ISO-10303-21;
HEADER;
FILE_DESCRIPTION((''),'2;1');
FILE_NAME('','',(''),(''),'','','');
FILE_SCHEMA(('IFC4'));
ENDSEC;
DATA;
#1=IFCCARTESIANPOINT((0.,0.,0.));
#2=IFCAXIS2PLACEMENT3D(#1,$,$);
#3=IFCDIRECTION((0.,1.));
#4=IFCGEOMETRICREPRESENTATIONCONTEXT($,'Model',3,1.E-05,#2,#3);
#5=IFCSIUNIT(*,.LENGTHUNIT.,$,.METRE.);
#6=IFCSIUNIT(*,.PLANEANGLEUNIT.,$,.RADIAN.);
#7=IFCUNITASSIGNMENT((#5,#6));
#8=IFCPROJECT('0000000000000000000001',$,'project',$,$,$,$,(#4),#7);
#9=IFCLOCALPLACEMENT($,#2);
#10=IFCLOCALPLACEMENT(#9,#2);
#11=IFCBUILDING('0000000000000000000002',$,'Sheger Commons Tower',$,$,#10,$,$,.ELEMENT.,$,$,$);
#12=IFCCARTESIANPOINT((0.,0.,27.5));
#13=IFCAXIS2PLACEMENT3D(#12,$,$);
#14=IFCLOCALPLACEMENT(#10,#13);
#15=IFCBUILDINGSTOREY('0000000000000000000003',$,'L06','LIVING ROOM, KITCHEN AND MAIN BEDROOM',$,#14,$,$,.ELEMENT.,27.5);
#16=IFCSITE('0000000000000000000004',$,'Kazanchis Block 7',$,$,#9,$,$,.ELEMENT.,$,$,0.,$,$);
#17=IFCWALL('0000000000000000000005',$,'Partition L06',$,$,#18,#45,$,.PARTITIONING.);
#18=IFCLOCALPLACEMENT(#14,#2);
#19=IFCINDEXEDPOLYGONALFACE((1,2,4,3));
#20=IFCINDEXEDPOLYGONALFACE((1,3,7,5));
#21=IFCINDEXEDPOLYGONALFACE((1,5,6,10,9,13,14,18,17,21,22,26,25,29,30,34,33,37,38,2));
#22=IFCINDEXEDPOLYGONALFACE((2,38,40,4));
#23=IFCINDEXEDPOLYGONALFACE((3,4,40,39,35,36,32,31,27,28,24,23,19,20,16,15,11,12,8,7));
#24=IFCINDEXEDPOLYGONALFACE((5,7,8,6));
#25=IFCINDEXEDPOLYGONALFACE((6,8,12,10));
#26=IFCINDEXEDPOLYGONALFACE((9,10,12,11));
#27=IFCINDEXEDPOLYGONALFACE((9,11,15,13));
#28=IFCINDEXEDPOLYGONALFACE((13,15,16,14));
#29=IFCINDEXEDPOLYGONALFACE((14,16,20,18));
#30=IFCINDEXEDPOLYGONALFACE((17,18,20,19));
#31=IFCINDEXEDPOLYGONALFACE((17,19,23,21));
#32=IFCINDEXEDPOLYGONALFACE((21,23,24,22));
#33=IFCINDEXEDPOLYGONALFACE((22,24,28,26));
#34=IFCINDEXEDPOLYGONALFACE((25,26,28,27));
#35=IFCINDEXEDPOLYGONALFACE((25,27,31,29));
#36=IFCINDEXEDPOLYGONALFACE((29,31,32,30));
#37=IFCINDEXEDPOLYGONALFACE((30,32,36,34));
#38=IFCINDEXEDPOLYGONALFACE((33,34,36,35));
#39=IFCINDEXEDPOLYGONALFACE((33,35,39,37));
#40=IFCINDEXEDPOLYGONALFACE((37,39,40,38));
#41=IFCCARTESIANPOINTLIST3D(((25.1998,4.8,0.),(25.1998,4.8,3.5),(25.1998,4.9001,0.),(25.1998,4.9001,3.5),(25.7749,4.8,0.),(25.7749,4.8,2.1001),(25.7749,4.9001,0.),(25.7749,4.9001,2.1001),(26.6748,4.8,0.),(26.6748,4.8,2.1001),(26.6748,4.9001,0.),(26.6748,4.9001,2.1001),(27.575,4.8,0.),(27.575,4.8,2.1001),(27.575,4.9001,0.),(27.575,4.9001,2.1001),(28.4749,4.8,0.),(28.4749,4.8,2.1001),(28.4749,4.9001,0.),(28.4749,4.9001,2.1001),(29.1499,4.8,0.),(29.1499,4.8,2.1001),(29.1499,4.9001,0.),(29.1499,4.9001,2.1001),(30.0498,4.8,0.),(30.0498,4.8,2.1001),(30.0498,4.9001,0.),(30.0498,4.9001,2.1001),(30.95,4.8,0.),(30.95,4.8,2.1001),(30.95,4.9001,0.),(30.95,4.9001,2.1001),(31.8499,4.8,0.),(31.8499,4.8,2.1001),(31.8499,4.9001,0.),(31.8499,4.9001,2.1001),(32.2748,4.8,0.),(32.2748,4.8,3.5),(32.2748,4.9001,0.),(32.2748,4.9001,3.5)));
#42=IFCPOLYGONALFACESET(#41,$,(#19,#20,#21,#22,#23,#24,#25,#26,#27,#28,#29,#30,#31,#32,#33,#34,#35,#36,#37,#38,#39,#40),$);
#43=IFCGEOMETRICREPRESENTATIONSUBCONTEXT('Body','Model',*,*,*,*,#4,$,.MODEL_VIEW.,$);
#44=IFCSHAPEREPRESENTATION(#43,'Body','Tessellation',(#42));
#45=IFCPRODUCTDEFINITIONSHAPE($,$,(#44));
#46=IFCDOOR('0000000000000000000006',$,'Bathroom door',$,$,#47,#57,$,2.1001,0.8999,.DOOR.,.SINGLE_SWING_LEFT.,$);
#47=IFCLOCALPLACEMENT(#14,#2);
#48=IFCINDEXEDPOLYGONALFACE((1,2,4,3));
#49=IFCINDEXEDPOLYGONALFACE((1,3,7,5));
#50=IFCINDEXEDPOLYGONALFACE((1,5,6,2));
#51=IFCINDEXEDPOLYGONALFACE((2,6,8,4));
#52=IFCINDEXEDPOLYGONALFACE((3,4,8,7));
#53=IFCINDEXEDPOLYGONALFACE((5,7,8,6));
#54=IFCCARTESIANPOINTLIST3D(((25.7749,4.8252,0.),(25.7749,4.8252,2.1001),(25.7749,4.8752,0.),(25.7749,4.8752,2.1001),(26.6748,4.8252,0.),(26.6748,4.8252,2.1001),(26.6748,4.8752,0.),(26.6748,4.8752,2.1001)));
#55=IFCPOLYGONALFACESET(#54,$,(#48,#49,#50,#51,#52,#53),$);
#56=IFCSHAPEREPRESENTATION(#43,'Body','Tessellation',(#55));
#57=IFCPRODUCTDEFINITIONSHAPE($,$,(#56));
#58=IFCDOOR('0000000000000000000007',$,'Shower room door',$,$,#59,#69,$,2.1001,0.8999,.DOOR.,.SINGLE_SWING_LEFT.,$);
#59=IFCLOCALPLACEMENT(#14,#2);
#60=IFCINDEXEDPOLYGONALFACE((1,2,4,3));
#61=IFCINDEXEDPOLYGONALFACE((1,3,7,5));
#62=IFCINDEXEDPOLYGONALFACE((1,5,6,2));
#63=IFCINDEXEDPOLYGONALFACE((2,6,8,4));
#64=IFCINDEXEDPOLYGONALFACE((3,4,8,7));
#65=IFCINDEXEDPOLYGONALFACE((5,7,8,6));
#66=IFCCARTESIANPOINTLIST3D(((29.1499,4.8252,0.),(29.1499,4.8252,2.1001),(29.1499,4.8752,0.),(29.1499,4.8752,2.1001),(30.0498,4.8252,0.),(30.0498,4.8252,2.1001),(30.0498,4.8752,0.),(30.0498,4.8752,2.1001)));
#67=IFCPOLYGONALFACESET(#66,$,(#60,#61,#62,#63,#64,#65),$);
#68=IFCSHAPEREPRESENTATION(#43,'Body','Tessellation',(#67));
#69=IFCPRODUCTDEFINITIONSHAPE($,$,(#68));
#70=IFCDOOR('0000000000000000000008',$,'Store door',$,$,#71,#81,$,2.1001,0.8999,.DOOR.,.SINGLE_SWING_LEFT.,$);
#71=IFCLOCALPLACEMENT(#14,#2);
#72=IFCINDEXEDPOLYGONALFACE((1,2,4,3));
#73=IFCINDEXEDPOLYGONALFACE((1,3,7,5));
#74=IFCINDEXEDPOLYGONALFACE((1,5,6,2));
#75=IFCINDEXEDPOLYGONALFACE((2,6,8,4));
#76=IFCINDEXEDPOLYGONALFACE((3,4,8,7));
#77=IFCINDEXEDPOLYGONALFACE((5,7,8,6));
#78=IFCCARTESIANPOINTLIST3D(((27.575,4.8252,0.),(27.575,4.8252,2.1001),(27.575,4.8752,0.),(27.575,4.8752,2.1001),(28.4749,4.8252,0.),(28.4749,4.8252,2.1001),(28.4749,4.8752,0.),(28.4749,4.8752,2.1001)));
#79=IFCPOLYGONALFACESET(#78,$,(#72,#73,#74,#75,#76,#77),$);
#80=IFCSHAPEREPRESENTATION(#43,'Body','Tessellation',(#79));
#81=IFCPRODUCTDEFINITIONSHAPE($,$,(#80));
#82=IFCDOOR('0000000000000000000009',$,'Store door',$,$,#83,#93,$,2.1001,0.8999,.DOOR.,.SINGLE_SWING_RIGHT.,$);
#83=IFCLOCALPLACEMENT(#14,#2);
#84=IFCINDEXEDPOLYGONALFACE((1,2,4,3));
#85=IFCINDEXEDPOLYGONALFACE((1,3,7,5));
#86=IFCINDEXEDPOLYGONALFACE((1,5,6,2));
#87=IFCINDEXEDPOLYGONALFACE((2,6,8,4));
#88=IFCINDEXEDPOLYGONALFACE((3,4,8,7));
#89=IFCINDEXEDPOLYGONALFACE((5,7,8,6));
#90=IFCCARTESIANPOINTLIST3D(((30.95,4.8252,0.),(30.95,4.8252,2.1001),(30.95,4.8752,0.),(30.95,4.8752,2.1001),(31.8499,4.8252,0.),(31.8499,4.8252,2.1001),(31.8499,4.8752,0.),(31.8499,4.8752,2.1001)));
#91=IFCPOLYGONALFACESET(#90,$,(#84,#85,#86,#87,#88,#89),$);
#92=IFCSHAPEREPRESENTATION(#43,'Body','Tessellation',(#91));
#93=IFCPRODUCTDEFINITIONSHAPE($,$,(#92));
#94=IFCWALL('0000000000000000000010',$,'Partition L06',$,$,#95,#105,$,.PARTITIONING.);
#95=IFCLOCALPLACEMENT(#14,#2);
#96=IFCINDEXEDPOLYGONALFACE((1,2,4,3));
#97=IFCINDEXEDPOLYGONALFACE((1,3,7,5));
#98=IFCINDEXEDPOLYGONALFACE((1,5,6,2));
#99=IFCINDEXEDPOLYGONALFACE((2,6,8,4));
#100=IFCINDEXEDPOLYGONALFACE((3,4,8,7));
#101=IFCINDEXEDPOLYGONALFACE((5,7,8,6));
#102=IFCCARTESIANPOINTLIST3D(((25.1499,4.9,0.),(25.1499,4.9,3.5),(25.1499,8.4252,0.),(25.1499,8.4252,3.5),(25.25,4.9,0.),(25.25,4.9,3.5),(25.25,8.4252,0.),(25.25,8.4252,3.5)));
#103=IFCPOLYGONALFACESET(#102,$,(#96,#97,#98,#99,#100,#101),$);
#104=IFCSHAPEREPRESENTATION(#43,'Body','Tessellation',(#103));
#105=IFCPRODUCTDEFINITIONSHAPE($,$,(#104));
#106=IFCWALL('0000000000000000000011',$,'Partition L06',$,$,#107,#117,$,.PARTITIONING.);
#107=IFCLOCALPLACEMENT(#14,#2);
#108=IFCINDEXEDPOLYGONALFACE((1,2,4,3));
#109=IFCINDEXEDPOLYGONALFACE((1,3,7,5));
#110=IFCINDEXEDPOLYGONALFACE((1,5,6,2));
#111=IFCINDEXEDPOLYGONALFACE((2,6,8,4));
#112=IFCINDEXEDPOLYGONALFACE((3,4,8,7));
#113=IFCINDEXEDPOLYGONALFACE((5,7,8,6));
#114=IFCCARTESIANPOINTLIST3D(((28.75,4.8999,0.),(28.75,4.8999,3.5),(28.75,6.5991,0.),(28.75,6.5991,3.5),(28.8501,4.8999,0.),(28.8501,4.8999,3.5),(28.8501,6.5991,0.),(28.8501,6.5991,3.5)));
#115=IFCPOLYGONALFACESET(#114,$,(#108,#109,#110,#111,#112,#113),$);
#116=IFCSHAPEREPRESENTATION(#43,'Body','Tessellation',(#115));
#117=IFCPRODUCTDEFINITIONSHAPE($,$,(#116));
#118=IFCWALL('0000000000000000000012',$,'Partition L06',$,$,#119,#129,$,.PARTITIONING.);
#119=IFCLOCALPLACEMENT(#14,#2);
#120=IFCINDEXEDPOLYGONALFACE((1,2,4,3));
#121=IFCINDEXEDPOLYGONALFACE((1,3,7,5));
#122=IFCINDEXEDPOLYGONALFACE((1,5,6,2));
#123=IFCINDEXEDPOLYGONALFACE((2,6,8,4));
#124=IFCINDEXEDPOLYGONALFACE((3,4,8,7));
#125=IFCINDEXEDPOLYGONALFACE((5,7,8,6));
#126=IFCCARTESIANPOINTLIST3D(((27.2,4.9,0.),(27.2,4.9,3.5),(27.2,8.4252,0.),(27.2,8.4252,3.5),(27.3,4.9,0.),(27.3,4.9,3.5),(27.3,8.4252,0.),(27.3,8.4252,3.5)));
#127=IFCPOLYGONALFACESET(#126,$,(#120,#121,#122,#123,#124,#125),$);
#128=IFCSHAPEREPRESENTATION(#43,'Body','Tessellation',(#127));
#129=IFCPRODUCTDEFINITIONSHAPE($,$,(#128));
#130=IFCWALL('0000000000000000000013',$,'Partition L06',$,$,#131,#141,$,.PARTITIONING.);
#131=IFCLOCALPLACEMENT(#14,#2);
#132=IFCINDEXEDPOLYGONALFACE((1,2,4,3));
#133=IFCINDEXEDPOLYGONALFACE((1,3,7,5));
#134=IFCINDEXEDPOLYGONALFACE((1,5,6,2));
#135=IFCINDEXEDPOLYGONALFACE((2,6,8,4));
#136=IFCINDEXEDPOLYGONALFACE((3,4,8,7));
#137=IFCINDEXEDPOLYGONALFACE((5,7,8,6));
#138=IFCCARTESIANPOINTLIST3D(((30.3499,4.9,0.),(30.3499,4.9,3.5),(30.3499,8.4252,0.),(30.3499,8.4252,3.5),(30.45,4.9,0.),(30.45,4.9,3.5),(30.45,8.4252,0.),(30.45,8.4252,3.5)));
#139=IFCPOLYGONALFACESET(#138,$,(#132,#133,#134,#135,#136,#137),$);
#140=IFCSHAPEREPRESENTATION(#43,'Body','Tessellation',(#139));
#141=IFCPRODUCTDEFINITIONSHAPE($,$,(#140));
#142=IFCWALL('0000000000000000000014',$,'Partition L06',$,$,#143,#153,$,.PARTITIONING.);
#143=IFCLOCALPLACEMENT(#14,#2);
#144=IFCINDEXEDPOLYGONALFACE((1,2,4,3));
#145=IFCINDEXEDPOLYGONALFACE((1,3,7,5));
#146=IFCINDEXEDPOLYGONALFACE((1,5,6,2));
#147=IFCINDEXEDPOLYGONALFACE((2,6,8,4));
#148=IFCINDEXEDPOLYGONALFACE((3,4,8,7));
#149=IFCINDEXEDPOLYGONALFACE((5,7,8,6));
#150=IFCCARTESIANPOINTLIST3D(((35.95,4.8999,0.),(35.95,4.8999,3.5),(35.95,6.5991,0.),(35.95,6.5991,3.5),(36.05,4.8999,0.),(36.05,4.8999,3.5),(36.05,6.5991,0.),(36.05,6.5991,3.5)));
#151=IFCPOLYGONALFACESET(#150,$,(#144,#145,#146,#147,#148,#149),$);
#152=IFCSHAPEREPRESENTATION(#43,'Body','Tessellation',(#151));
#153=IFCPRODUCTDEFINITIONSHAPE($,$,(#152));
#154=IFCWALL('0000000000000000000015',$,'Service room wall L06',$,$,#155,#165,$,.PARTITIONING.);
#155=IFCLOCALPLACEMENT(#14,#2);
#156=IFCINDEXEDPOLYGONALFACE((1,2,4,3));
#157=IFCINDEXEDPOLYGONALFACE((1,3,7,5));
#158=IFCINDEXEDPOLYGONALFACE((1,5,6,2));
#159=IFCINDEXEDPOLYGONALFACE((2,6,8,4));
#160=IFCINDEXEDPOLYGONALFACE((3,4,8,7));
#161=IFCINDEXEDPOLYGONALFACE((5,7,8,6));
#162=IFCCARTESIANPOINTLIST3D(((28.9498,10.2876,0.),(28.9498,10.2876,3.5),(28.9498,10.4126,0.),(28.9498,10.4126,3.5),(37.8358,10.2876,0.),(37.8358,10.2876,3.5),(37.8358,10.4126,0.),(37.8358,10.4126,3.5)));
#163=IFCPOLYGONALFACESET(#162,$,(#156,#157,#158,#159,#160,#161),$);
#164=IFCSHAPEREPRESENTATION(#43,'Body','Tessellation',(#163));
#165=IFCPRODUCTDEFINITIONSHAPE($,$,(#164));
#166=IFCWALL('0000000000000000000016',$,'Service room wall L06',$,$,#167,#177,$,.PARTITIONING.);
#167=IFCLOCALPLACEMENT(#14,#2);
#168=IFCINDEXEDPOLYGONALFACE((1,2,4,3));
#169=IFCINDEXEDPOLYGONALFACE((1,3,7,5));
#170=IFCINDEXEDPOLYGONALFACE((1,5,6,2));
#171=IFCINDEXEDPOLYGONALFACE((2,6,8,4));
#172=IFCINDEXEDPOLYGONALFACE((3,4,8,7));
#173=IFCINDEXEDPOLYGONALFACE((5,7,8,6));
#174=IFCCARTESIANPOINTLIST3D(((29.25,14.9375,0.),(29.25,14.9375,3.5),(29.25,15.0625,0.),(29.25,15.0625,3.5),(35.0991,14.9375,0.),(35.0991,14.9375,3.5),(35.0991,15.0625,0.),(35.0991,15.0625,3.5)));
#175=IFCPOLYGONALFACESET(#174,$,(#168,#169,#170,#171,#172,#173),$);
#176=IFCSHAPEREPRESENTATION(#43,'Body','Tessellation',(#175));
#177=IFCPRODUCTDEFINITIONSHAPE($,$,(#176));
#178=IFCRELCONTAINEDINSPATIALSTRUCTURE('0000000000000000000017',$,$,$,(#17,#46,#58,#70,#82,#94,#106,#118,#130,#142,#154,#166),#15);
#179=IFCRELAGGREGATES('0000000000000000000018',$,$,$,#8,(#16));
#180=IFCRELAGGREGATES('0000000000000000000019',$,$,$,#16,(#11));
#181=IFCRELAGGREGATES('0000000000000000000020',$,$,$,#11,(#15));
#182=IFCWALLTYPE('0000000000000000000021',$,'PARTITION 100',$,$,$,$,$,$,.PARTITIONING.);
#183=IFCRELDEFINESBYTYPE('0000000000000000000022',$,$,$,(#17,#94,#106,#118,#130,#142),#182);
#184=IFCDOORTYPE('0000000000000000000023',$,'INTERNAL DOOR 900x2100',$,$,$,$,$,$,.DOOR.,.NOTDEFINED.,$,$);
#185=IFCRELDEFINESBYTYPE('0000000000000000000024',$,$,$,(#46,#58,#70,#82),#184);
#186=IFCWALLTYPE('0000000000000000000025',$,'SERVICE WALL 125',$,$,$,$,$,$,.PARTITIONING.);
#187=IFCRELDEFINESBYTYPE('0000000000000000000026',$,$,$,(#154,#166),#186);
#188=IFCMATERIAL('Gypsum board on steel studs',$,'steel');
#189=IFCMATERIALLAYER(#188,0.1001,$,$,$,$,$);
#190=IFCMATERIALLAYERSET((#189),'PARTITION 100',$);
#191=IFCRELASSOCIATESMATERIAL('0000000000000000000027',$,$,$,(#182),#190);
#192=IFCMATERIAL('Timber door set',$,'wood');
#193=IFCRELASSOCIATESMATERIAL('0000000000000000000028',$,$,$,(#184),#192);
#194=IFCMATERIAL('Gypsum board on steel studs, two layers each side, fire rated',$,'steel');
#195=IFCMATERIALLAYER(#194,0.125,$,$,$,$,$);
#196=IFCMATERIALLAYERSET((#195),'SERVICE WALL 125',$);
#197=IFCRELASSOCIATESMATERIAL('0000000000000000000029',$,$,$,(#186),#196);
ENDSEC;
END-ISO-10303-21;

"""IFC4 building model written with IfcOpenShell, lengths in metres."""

from ifc_helpers import new_model, si_unit, direction, frame, frame_2d, origin, place, context, subcontext, project, spatial, rectangle, extrude, material, layer, layer_set, type_object, element, fill, save


model = new_model("IFC4")

# Units and contexts
model_context = context("Model", 3, precision=1e-05, world=origin(), true_north=direction((0.0, 1.0)))
body_context = subcontext(model_context, "Body", "Model", "MODEL_VIEW")
ifc_project = project(units=[si_unit("LENGTHUNIT", "METRE"), si_unit("PLANEANGLEUNIT", "RADIAN")], contexts=[model_context])

# Site, building, storey
site_placement = place(None, origin())
site = spatial("IfcSite", under=ifc_project, at=site_placement, Name="Kazanchis Block 7", CompositionType="ELEMENT", RefElevation=0.0)
building_placement = place(site_placement, origin())
building = spatial("IfcBuilding", under=site, at=building_placement, Name="Sheger Commons Tower", CompositionType="ELEMENT")
storey_placement = place(building_placement, frame((0.0, 0.0, 27.5)))
storey = spatial("IfcBuildingStorey", under=building, at=storey_placement, Name="L06", Description="LIVING ROOM, KITCHEN AND MAIN BEDROOM", CompositionType="ELEMENT", Elevation=27.5)

# Wall, openings, doors
ifc_material_1 = material(Name="Gypsum board on steel studs", Category="steel")
ifc_layer_1 = layer(ifc_material_1, 0.1001)
ifc_layer_set_1 = layer_set([ifc_layer_1], Name="PARTITION 100")
wall_type_1 = type_object("IfcWallType", Name="PARTITION 100", PredefinedType="PARTITIONING", material=ifc_layer_set_1)
wall_1_placement = place(storey_placement, frame((32.2749, 4.8501, 0.0), z_axis=(0.0, 0.0, 1.0), x_axis=(-1.0, 0.0, 0.0)))
wall_1 = element("IfcWall", 1, at=wall_1_placement, inside=storey, type_object=wall_type_1, Name="Partition L06", PredefinedType="PARTITIONING", context=body_context, shape_type="SweptSolid", body=[
    extrude(rectangle(XDim=7.075, YDim=0.1001, at=frame_2d((3.5376, 0.0))), origin(), (0.0, 0.0, 1.0), 3.5),
])
opening_1_placement = place(wall_1_placement, frame((5.6001, 0.0, 0.0)))
opening_1 = element("IfcOpeningElement", 2, at=opening_1_placement, cuts=wall_1, PredefinedType="OPENING", context=body_context, shape_type="SweptSolid", body=[
    extrude(rectangle(XDim=0.8999, YDim=2.1001, at=frame_2d((0.45, 1.05))), frame((0.0, 0.0601, 0.0), z_axis=(0.0, -1.0, 0.0), x_axis=(1.0, 0.0, 0.0)), (0.0, 0.0, 1.0), 0.1201),
])
opening_2_placement = place(wall_1_placement, frame((2.2251, 0.0, 0.0)))
opening_2 = element("IfcOpeningElement", 3, at=opening_2_placement, cuts=wall_1, PredefinedType="OPENING", context=body_context, shape_type="SweptSolid", body=[
    extrude(rectangle(XDim=0.8999, YDim=2.1001, at=frame_2d((0.45, 1.05))), frame((0.0, 0.0601, 0.0), z_axis=(0.0, -1.0, 0.0), x_axis=(1.0, 0.0, 0.0)), (0.0, 0.0, 1.0), 0.1201),
])
opening_3_placement = place(wall_1_placement, frame((3.8, 0.0, 0.0)))
opening_3 = element("IfcOpeningElement", 4, at=opening_3_placement, cuts=wall_1, PredefinedType="OPENING", context=body_context, shape_type="SweptSolid", body=[
    extrude(rectangle(XDim=0.8999, YDim=2.1001, at=frame_2d((0.45, 1.05))), frame((0.0, 0.0601, 0.0), z_axis=(0.0, -1.0, 0.0), x_axis=(1.0, 0.0, 0.0)), (0.0, 0.0, 1.0), 0.1201),
])
opening_4_placement = place(wall_1_placement, frame((0.425, 0.0, 0.0)))
opening_4 = element("IfcOpeningElement", 5, at=opening_4_placement, cuts=wall_1, PredefinedType="OPENING", context=body_context, shape_type="SweptSolid", body=[
    extrude(rectangle(XDim=0.8999, YDim=2.1001, at=frame_2d((0.45, 1.05))), frame((0.0, 0.0601, 0.0), z_axis=(0.0, -1.0, 0.0), x_axis=(1.0, 0.0, 0.0)), (0.0, 0.0, 1.0), 0.1201),
])
ifc_material_2 = material(Name="Timber door set", Category="wood")
door_type_1 = type_object("IfcDoorType", Name="INTERNAL DOOR 900x2100", OperationType="NOTDEFINED", PredefinedType="DOOR", material=ifc_material_2)
door_1_placement = place(opening_1_placement, origin())
door_1 = element("IfcDoor", 6, at=door_1_placement, inside=storey, type_object=door_type_1, Name="Bathroom door", OperationType="SINGLE_SWING_LEFT", OverallHeight=2.1001, OverallWidth=0.8999, PredefinedType="DOOR", context=body_context, shape_type="SweptSolid", body=[
    extrude(rectangle(XDim=0.8999, YDim=2.1001, at=frame_2d((0.45, 1.05))), frame((0.0, 0.0249, 0.0), z_axis=(0.0, -1.0, 0.0), x_axis=(1.0, 0.0, 0.0)), (0.0, 0.0, 1.0), 0.05),
])
fill(opening_1, door_1)
door_2_placement = place(opening_2_placement, origin())
door_2 = element("IfcDoor", 7, at=door_2_placement, inside=storey, type_object=door_type_1, Name="Shower room door", OperationType="SINGLE_SWING_LEFT", OverallHeight=2.1001, OverallWidth=0.8999, PredefinedType="DOOR", context=body_context, shape_type="SweptSolid", body=[
    extrude(rectangle(XDim=0.8999, YDim=2.1001, at=frame_2d((0.45, 1.05))), frame((0.0, 0.0249, 0.0), z_axis=(0.0, -1.0, 0.0), x_axis=(1.0, 0.0, 0.0)), (0.0, 0.0, 1.0), 0.05),
])
fill(opening_2, door_2)
door_3_placement = place(opening_3_placement, origin())
door_3 = element("IfcDoor", 8, at=door_3_placement, inside=storey, type_object=door_type_1, Name="Store door", OperationType="SINGLE_SWING_LEFT", OverallHeight=2.1001, OverallWidth=0.8999, PredefinedType="DOOR", context=body_context, shape_type="SweptSolid", body=[
    extrude(rectangle(XDim=0.8999, YDim=2.1001, at=frame_2d((0.45, 1.05))), frame((0.0, 0.0249, 0.0), z_axis=(0.0, -1.0, 0.0), x_axis=(1.0, 0.0, 0.0)), (0.0, 0.0, 1.0), 0.05),
])
fill(opening_3, door_3)
door_4_placement = place(opening_4_placement, origin())
door_4 = element("IfcDoor", 9, at=door_4_placement, inside=storey, type_object=door_type_1, Name="Store door", OperationType="SINGLE_SWING_RIGHT", OverallHeight=2.1001, OverallWidth=0.8999, PredefinedType="DOOR", context=body_context, shape_type="SweptSolid", body=[
    extrude(rectangle(XDim=0.8999, YDim=2.1001, at=frame_2d((0.45, 1.05))), frame((0.0, 0.0249, 0.0), z_axis=(0.0, -1.0, 0.0), x_axis=(1.0, 0.0, 0.0)), (0.0, 0.0, 1.0), 0.05),
])
fill(opening_4, door_4)

# Walls
wall_2_placement = place(storey_placement, frame((25.2, 4.8999, 0.0), z_axis=(0.0, 0.0, 1.0), x_axis=(0.0, 1.0, 0.0)))
element("IfcWall", 10, at=wall_2_placement, inside=storey, type_object=wall_type_1, Name="Partition L06", PredefinedType="PARTITIONING", context=body_context, shape_type="SweptSolid", body=[
    extrude(rectangle(XDim=3.5251, YDim=0.1001, at=frame_2d((1.7627, 0.0))), origin(), (0.0, 0.0, 1.0), 3.5),
])
wall_3_placement = place(storey_placement, frame((28.8, 4.8999, 0.0), z_axis=(0.0, 0.0, 1.0), x_axis=(0.0, 1.0, 0.0)))
element("IfcWall", 11, at=wall_3_placement, inside=storey, type_object=wall_type_1, Name="Partition L06", PredefinedType="PARTITIONING", context=body_context, shape_type="SweptSolid", body=[
    extrude(rectangle(XDim=1.6992, YDim=0.1001, at=frame_2d((0.8496, 0.0))), origin(), (0.0, 0.0, 1.0), 3.5),
])
for number, where, z_axis, x_axis, name in (
    (12, (27.25, 4.8999, 0.0), (0.0, 0.0, 1.0), (0.0, 1.0, 0.0), "Partition L06"),
    (13, (30.3999, 4.8999, 0.0), (0.0, 0.0, 1.0), (0.0, 1.0, 0.0), "Partition L06"),
):
    element("IfcWall", number, at=place(storey_placement, frame(where, z_axis=z_axis, x_axis=x_axis)), inside=storey, type_object=wall_type_1, Name=name, PredefinedType="PARTITIONING", context=body_context, shape_type="SweptSolid", body=[
        extrude(rectangle(XDim=3.5251, YDim=0.1001, at=frame_2d((1.7627, 0.0))), origin(), (0.0, 0.0, 1.0), 3.5),
    ])
wall_4_placement = place(storey_placement, frame((36.0, 4.8999, 0.0), z_axis=(0.0, 0.0, 1.0), x_axis=(0.0, 1.0, 0.0)))
element("IfcWall", 14, at=wall_4_placement, inside=storey, type_object=wall_type_1, Name="Partition L06", PredefinedType="PARTITIONING", context=body_context, shape_type="SweptSolid", body=[
    extrude(rectangle(XDim=1.6992, YDim=0.1001, at=frame_2d((0.8496, 0.0))), origin(), (0.0, 0.0, 1.0), 3.5),
])
ifc_material_3 = material(Name="Gypsum board on steel studs, two layers each side, fire rated", Category="steel")
ifc_layer_2 = layer(ifc_material_3, 0.125)
ifc_layer_set_2 = layer_set([ifc_layer_2], Name="SERVICE WALL 125")
wall_type_2 = type_object("IfcWallType", Name="SERVICE WALL 125", PredefinedType="PARTITIONING", material=ifc_layer_set_2)
wall_5_placement = place(storey_placement, frame((28.95, 10.3501, 0.0), z_axis=(0.0, 0.0, 1.0), x_axis=(1.0, 0.0, 0.0)))
element("IfcWall", 15, at=wall_5_placement, inside=storey, type_object=wall_type_2, Name="Service room wall L06", PredefinedType="PARTITIONING", context=body_context, shape_type="SweptSolid", body=[
    extrude(rectangle(XDim=8.886, YDim=0.125, at=frame_2d((4.4429, 0.0))), origin(), (0.0, 0.0, 1.0), 3.5),
])
wall_6_placement = place(storey_placement, frame((29.25, 15.0, 0.0), z_axis=(0.0, 0.0, 1.0), x_axis=(1.0, 0.0, 0.0)))
element("IfcWall", 16, at=wall_6_placement, inside=storey, type_object=wall_type_2, Name="Service room wall L06", PredefinedType="PARTITIONING", context=body_context, shape_type="SweptSolid", body=[
    extrude(rectangle(XDim=5.8491, YDim=0.125, at=frame_2d((2.9246, 0.0))), origin(), (0.0, 0.0, 1.0), 3.5),
])

save(model, "model.ifc")
